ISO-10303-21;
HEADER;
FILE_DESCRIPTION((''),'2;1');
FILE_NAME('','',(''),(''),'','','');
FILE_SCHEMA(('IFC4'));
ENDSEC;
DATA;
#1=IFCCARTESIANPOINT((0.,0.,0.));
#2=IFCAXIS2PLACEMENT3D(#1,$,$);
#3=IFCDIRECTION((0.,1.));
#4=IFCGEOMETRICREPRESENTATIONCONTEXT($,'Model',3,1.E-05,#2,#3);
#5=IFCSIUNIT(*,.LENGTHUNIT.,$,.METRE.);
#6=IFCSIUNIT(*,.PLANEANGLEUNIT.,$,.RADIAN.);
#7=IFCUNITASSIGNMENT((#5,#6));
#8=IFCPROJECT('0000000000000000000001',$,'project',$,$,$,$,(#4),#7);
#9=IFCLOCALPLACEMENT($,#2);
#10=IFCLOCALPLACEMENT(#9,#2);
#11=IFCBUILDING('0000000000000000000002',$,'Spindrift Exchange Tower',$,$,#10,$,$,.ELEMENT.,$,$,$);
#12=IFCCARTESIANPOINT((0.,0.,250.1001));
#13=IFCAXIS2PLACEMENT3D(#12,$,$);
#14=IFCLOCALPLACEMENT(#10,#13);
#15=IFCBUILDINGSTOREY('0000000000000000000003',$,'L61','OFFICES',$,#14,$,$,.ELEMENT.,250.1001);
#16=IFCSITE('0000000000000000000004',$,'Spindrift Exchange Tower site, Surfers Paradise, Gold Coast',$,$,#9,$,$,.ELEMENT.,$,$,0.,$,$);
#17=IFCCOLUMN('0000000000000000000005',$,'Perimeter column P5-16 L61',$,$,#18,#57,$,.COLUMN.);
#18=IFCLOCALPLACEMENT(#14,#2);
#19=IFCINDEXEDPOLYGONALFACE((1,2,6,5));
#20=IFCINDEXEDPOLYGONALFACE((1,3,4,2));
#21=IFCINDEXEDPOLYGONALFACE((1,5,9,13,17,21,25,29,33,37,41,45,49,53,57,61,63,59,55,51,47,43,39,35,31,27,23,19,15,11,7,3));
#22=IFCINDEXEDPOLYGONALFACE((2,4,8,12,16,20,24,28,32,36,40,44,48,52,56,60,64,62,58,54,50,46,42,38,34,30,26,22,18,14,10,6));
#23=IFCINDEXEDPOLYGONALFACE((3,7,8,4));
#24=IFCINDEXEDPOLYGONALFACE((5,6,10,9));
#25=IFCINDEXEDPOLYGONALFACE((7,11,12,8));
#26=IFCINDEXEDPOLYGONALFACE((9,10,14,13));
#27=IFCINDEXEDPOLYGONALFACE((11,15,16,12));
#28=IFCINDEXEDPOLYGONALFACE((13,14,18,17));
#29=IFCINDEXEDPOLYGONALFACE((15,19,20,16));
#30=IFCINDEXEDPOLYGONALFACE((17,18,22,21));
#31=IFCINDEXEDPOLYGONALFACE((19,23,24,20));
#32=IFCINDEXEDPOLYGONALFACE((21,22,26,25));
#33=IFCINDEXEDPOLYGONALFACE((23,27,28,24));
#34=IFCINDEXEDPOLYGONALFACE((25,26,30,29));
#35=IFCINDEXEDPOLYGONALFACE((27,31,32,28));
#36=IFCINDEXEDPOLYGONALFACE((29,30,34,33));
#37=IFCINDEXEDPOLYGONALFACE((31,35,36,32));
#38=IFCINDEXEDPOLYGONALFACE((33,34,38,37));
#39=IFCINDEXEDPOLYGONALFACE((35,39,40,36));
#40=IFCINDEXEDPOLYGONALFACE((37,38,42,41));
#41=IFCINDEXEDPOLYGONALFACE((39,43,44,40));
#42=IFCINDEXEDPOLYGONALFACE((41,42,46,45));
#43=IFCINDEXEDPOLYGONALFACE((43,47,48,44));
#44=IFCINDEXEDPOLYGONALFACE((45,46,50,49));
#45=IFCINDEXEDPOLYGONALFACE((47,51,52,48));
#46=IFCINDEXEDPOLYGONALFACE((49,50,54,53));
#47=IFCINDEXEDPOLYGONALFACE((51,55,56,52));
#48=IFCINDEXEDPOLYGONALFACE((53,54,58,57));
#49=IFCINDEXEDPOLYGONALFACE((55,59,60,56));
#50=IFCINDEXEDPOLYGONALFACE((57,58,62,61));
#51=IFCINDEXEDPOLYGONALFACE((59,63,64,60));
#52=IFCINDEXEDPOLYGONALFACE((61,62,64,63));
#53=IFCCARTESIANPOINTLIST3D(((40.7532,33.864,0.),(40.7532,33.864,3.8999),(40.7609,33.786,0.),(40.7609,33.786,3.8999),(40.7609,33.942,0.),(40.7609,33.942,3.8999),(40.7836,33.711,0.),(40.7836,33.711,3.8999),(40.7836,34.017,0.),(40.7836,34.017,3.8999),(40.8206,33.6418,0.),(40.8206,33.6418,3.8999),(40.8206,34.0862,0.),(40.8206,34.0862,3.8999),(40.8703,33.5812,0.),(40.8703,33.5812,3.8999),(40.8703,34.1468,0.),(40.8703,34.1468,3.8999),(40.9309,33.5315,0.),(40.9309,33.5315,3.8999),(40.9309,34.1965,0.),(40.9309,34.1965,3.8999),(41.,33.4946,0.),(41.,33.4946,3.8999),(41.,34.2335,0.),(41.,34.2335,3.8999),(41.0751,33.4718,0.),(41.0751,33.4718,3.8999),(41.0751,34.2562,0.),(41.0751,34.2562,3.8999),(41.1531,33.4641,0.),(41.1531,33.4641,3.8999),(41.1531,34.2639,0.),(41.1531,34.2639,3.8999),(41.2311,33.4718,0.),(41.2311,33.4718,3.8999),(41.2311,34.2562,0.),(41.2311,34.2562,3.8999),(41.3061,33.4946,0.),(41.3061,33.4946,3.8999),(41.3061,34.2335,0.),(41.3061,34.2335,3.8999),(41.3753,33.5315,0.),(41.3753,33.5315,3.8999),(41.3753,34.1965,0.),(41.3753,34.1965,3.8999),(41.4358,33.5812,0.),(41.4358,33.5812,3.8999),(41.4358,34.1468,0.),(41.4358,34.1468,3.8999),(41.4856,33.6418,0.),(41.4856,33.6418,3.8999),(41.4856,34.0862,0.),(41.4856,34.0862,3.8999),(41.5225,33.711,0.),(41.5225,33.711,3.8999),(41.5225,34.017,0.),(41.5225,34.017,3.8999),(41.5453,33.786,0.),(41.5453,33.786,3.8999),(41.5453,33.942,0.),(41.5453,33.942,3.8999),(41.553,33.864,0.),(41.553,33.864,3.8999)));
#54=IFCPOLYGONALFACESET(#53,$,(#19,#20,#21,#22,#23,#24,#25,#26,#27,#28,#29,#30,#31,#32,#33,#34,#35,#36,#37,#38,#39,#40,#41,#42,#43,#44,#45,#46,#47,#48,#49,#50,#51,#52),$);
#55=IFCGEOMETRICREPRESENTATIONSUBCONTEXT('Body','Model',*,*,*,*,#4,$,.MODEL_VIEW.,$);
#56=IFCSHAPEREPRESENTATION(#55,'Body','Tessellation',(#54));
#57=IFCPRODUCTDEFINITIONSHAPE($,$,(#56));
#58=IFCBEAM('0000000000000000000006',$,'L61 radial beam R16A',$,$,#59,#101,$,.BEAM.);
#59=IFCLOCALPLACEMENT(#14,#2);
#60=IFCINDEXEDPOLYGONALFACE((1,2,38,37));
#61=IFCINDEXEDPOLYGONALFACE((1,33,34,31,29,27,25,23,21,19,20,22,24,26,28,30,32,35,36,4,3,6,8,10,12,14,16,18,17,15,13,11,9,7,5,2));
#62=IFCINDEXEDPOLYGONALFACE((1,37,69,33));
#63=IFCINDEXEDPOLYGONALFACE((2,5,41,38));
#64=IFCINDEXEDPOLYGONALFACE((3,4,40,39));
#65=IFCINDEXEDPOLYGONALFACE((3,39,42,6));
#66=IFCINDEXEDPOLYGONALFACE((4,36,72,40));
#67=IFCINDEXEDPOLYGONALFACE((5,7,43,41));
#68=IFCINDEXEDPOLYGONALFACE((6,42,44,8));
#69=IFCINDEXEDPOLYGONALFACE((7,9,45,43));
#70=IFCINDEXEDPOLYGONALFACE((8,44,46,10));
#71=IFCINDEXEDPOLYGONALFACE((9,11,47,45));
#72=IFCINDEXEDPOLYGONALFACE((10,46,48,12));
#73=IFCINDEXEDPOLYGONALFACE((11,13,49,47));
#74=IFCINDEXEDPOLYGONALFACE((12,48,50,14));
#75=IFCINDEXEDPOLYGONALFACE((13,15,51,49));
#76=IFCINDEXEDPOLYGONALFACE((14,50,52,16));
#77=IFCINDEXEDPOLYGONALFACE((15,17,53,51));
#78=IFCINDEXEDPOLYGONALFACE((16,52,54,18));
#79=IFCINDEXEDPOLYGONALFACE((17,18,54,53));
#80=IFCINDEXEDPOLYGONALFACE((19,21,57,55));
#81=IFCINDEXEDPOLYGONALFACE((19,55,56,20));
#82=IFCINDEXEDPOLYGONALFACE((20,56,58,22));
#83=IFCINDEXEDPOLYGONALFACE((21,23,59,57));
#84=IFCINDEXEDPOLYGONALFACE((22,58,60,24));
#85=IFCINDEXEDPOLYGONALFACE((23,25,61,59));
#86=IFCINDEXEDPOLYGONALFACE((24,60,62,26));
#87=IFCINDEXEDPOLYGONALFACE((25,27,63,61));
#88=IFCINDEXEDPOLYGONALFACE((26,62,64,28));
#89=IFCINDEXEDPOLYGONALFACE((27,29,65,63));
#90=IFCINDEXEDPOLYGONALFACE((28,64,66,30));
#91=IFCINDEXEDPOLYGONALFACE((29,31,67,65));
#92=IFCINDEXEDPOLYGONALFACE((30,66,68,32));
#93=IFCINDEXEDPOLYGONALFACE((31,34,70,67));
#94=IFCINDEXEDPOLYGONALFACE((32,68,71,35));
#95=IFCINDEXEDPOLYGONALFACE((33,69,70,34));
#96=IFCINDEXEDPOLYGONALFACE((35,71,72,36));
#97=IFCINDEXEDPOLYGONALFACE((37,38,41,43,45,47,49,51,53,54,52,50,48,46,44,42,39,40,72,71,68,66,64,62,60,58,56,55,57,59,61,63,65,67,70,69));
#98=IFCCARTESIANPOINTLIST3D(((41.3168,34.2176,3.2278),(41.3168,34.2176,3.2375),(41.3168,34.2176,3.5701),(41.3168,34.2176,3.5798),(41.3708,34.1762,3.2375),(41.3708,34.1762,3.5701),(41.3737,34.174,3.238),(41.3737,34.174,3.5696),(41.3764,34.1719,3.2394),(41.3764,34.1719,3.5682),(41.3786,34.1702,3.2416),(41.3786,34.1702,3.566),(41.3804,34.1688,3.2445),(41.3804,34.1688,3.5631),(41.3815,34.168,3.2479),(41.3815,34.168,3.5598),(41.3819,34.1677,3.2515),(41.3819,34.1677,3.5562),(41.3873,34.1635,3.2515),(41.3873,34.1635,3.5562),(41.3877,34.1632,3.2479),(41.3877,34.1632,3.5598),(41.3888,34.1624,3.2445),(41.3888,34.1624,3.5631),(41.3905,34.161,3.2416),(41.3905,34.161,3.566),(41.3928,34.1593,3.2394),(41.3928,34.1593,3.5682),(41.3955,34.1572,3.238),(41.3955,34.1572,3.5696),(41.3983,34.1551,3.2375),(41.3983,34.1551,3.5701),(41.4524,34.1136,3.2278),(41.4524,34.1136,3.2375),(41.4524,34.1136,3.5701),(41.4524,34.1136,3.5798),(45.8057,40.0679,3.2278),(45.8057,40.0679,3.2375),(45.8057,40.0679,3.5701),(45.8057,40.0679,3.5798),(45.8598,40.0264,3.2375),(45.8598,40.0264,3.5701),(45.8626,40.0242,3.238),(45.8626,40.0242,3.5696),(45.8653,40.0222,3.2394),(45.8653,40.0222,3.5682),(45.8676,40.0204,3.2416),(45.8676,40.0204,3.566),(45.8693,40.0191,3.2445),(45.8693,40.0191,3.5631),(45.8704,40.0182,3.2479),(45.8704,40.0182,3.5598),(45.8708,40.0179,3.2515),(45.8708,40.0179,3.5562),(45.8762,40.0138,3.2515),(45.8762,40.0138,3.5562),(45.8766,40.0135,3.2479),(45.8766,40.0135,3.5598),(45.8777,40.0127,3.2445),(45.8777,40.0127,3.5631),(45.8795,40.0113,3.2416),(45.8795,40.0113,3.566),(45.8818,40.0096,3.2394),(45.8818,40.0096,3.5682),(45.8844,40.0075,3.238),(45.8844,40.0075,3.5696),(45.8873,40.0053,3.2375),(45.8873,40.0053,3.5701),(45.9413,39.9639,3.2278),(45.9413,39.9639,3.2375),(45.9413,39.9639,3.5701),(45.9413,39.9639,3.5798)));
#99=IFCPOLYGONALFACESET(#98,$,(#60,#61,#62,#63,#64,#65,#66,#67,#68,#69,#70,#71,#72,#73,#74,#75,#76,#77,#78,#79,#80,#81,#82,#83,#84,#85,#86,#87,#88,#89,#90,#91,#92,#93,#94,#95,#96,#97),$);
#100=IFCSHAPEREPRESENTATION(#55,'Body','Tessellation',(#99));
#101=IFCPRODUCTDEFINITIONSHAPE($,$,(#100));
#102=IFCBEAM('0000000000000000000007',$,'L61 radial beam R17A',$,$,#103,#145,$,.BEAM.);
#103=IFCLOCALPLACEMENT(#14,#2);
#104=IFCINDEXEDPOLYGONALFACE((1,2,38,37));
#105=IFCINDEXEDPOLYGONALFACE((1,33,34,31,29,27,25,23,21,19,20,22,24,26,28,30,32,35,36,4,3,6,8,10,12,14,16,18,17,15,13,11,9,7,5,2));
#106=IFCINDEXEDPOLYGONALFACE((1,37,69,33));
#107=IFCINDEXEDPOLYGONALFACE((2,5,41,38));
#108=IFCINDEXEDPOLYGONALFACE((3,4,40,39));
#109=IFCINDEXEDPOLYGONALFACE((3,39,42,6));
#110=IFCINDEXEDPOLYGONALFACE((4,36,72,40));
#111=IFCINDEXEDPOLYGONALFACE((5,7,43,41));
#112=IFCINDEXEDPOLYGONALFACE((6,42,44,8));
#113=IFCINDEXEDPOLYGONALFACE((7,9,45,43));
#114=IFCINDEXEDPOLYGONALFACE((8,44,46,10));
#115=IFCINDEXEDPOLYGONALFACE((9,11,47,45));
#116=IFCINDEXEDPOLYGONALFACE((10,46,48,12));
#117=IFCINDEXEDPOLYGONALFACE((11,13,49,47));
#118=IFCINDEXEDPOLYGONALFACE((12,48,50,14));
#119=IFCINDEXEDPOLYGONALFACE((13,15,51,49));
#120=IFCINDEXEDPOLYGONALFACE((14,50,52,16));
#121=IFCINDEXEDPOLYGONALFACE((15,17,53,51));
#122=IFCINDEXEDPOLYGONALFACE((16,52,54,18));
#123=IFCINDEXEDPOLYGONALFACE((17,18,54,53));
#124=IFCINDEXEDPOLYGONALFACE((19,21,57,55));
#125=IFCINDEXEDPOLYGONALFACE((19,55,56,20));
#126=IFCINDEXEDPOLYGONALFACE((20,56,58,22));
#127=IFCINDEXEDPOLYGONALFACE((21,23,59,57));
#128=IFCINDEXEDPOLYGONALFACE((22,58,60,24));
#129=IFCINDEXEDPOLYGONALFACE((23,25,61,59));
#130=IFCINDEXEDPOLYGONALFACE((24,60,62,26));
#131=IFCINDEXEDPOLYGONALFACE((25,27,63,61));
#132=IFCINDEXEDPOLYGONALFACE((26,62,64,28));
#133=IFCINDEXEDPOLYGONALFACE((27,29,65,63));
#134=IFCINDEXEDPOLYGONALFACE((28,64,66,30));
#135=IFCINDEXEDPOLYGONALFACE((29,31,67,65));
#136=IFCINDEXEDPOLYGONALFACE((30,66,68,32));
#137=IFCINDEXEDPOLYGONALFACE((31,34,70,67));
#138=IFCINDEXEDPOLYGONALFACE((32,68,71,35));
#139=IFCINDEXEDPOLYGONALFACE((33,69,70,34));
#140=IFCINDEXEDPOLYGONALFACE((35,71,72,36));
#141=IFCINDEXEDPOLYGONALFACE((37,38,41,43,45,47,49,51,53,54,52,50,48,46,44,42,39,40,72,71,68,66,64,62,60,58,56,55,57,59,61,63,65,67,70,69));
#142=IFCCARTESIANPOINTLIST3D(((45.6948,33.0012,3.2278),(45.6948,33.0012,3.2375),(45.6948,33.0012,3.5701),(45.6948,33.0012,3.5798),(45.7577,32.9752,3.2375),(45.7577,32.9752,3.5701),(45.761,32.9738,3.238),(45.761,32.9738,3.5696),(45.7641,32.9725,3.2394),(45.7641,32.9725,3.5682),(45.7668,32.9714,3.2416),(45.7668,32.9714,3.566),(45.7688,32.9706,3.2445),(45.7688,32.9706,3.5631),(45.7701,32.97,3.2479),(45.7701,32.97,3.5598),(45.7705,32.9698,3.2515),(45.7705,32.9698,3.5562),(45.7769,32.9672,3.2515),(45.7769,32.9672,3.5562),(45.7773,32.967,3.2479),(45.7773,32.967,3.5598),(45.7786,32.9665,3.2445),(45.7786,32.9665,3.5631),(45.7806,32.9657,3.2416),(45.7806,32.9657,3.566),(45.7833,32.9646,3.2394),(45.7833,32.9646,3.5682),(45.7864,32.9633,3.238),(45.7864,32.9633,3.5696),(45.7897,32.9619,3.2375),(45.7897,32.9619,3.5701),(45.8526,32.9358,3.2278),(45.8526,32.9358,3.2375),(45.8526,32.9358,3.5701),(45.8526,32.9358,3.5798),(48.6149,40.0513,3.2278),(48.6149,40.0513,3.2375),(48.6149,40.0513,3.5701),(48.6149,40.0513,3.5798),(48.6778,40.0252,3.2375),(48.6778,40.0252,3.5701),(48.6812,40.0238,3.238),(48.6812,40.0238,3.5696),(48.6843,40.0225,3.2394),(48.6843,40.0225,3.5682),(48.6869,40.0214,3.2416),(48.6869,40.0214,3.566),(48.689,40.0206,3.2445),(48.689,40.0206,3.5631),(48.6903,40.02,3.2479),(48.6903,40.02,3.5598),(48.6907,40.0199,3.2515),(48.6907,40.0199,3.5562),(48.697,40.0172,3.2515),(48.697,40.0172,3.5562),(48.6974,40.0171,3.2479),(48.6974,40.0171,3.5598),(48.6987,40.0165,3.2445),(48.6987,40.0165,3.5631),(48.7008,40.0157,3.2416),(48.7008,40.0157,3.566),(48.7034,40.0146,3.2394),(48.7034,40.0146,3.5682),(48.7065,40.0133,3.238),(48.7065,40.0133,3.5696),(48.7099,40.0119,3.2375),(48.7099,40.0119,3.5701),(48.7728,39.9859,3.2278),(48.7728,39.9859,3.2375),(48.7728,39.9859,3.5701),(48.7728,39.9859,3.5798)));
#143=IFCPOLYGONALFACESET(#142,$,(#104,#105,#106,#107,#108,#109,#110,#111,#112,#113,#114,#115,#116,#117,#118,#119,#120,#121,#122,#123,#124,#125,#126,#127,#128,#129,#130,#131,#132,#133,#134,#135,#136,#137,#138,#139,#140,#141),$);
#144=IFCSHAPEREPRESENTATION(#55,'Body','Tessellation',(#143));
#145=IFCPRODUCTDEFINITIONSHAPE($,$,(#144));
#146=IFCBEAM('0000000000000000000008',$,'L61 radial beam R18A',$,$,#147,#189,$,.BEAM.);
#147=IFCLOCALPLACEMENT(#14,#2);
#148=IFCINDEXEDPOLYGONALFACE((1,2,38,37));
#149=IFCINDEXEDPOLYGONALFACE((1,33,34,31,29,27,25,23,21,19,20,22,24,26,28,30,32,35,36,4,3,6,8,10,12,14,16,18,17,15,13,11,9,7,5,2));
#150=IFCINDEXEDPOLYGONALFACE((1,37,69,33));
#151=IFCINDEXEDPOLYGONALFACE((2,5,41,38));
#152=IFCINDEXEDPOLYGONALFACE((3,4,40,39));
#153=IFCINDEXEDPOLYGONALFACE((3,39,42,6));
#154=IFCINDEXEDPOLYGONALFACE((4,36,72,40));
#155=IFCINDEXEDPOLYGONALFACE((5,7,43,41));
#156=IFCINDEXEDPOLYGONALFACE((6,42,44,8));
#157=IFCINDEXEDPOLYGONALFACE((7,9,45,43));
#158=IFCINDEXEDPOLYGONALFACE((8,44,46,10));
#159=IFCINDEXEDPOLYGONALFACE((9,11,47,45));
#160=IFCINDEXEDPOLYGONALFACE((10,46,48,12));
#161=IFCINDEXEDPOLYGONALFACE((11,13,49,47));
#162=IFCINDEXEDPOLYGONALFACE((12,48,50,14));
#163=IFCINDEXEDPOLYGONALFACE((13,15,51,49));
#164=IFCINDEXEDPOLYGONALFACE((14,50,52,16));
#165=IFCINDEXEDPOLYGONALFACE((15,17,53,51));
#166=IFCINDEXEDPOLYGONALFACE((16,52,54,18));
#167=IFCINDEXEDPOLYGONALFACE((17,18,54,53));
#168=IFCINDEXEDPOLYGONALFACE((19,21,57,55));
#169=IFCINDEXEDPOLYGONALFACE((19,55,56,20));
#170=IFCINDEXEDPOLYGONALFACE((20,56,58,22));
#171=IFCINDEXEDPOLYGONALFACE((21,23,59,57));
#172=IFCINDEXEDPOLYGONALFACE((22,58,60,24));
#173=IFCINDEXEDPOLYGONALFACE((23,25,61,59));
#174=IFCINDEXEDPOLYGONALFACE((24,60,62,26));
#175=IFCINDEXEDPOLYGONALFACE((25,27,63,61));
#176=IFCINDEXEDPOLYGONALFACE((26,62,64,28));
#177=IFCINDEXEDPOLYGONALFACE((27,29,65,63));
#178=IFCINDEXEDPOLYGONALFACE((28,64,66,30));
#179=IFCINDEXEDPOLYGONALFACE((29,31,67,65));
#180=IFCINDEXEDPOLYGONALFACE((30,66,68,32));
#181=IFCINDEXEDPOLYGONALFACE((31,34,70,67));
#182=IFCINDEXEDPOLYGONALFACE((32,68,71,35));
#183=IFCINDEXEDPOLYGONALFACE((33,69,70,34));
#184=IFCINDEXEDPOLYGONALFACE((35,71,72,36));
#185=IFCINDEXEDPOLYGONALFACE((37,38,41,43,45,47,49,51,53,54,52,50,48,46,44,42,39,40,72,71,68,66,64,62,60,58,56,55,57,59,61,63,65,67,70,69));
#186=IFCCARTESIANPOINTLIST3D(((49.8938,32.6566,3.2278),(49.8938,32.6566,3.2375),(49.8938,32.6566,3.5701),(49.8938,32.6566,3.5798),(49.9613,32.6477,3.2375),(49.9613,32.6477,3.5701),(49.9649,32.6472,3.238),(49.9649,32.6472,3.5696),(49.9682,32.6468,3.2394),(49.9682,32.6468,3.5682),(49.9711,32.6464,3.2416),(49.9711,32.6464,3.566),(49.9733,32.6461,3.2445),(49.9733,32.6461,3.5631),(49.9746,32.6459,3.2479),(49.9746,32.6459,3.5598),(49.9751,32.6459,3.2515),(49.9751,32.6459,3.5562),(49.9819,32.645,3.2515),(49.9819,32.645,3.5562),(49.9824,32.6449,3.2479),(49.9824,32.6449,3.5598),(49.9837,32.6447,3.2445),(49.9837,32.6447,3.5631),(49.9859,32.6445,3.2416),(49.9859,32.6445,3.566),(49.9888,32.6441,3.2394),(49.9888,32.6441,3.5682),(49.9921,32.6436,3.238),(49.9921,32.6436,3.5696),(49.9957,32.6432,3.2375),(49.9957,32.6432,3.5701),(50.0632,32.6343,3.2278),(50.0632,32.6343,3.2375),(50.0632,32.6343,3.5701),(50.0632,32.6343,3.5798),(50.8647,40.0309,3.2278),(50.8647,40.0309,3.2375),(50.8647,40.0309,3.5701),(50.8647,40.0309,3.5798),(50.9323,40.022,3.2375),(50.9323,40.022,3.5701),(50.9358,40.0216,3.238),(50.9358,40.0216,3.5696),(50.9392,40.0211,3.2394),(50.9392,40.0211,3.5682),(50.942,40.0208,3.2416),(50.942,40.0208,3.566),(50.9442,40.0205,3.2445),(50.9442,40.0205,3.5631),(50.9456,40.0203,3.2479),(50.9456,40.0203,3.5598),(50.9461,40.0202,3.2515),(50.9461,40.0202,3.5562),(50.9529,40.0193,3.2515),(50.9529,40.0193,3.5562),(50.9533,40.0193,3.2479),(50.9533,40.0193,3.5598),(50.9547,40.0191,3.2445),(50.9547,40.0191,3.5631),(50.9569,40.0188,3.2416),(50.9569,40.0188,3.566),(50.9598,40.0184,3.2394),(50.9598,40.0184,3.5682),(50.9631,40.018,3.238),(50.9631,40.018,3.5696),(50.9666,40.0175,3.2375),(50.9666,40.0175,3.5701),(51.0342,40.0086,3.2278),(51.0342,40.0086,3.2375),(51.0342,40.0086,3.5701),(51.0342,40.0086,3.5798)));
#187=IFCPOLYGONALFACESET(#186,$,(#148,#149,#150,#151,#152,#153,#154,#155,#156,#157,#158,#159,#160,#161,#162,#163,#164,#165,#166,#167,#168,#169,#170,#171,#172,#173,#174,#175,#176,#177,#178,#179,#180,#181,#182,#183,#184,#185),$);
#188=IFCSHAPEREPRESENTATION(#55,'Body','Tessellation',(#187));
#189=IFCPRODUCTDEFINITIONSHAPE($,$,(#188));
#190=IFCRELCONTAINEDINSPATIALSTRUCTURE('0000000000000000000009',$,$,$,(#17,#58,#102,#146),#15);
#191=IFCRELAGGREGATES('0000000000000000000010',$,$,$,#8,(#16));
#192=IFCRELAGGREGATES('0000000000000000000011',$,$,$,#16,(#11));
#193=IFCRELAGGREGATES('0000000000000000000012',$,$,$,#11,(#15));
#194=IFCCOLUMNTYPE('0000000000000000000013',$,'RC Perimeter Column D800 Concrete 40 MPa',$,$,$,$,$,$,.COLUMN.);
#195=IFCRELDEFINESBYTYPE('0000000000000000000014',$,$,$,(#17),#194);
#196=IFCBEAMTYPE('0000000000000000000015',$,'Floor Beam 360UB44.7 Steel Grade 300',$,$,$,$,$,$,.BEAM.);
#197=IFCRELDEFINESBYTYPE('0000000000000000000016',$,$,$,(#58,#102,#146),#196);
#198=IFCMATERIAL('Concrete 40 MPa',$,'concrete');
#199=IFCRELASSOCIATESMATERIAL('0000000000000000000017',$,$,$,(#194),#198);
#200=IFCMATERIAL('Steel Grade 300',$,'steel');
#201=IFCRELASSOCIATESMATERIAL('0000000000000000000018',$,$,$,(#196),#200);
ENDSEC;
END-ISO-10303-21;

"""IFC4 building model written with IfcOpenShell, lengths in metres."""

from ifc_helpers import new_model, si_unit, direction, frame, origin, origin_2d, place, context, subcontext, project, spatial, circle, i_section, extrude, source, transform, mapped, material, material_profile, profile_set, type_object, element, save


model = new_model("IFC4")

# Units and contexts
model_context = context("Model", 3, precision=1e-05, world=origin(), true_north=direction((0.0, 1.0)))
body_context = subcontext(model_context, "Body", "Model", "MODEL_VIEW")
ifc_project = project(units=[si_unit("LENGTHUNIT", "METRE"), si_unit("PLANEANGLEUNIT", "RADIAN")], contexts=[model_context])

# Site, building, storey
site_placement = place(None, origin())
site = spatial("IfcSite", under=ifc_project, at=site_placement, Name="Spindrift Exchange Tower site, Surfers Paradise, Gold Coast", CompositionType="ELEMENT", RefElevation=0.0)
building_placement = place(site_placement, origin())
building = spatial("IfcBuilding", under=site, at=building_placement, Name="Spindrift Exchange Tower", CompositionType="ELEMENT")
storey_placement = place(building_placement, frame((0.0, 0.0, 250.1001)))
storey = spatial("IfcBuildingStorey", under=building, at=storey_placement, Name="L61", Description="OFFICES", CompositionType="ELEMENT", Elevation=250.1001)

# Column
ifc_material_1 = material(Name="Concrete 40 MPa", Category="concrete")
ifc_material_profile_1 = material_profile(ifc_material_1, circle(Radius=0.3999, at=origin_2d()), Name="RC D800")
ifc_profile_set_1 = profile_set([ifc_material_profile_1], Name="Concrete 40 MPa")
column_type = type_object("IfcColumnType", Name="RC Perimeter Column D800 Concrete 40 MPa", PredefinedType="COLUMN", material=ifc_profile_set_1)
shared_shape_1 = source(origin(), body_context, "Body", "SweptSolid", [
    extrude(circle(Radius=0.3999, at=origin_2d()), origin(), (0.0, 0.0, 1.0), 3.8999),
])
column_placement = place(storey_placement, frame((41.1531, 33.864, 0.0), z_axis=(0.0, 0.0, 1.0), x_axis=(1.0, 0.0, 0.0)))
element("IfcColumn", 1, at=column_placement, inside=storey, type_object=column_type, Name="Perimeter column P5-16 L61", PredefinedType="COLUMN", context=body_context, shape_type="MappedRepresentation", body=[
    mapped(shared_shape_1, transform((0.0, 0.0, 0.0), scale=1.0)),
])

# Beams
ifc_material_2 = material(Name="Steel Grade 300", Category="steel")
ifc_material_profile_2 = material_profile(ifc_material_2, i_section(OverallWidth=0.1709, OverallDepth=0.3521, WebThickness=0.0068, FlangeThickness=0.0098, FilletRadius=0.0139, at=origin_2d()), Name="360UB44.7")
ifc_profile_set_2 = profile_set([ifc_material_profile_2], Name="Steel Grade 300")
beam_type_1 = type_object("IfcBeamType", Name="Floor Beam 360UB44.7 Steel Grade 300", PredefinedType="BEAM", material=ifc_profile_set_2)
shared_shape_2 = source(origin(), body_context, "Body", "SweptSolid", [
    extrude(i_section(OverallWidth=0.1709, OverallDepth=0.3521, WebThickness=0.0068, FlangeThickness=0.0098, FilletRadius=0.0139, at=origin_2d()), origin(), (0.0, 0.0, 1.0), 7.374),
])
beam_1_placement = place(storey_placement, frame((45.8735, 40.0159, 3.4038), z_axis=(-0.608752, -0.793361, 0.0), x_axis=(0.793361, -0.608752, 0.0)))
element("IfcBeam", 2, at=beam_1_placement, inside=storey, type_object=beam_type_1, Name="L61 radial beam R16A", PredefinedType="BEAM", context=body_context, shape_type="MappedRepresentation", body=[
    mapped(shared_shape_2, transform((0.0, 0.0, 0.0), scale=1.0)),
])
shared_shape_3 = source(origin(), body_context, "Body", "SweptSolid", [
    extrude(i_section(OverallWidth=0.1709, OverallDepth=0.3521, WebThickness=0.0068, FlangeThickness=0.0098, FilletRadius=0.0139, at=origin_2d()), origin(), (0.0, 0.0, 1.0), 7.6309),
])
beam_2_placement = place(storey_placement, frame((48.6938, 40.0186, 3.4038), z_axis=(-0.382677, -0.923882, 0.0), x_axis=(0.923882, -0.382677, 0.0)))
element("IfcBeam", 3, at=beam_2_placement, inside=storey, type_object=beam_type_1, Name="L61 radial beam R17A", PredefinedType="BEAM", context=body_context, shape_type="MappedRepresentation", body=[
    mapped(shared_shape_3, transform((0.0, 0.0, 0.0), scale=1.0)),
])
shared_shape_4 = source(origin(), body_context, "Body", "SweptSolid", [
    extrude(i_section(OverallWidth=0.1709, OverallDepth=0.3521, WebThickness=0.0068, FlangeThickness=0.0098, FilletRadius=0.0139, at=origin_2d()), origin(), (0.0, 0.0, 1.0), 7.438),
])
beam_3_placement = place(storey_placement, frame((50.9495, 40.0198, 3.4038), z_axis=(-0.13054, -0.991443, 0.0), x_axis=(0.991443, -0.13054, 0.0)))
element("IfcBeam", 4, at=beam_3_placement, inside=storey, type_object=beam_type_1, Name="L61 radial beam R18A", PredefinedType="BEAM", context=body_context, shape_type="MappedRepresentation", body=[
    mapped(shared_shape_4, transform((0.0, 0.0, 0.0), scale=1.0)),
])

save(model, "model.ifc")
